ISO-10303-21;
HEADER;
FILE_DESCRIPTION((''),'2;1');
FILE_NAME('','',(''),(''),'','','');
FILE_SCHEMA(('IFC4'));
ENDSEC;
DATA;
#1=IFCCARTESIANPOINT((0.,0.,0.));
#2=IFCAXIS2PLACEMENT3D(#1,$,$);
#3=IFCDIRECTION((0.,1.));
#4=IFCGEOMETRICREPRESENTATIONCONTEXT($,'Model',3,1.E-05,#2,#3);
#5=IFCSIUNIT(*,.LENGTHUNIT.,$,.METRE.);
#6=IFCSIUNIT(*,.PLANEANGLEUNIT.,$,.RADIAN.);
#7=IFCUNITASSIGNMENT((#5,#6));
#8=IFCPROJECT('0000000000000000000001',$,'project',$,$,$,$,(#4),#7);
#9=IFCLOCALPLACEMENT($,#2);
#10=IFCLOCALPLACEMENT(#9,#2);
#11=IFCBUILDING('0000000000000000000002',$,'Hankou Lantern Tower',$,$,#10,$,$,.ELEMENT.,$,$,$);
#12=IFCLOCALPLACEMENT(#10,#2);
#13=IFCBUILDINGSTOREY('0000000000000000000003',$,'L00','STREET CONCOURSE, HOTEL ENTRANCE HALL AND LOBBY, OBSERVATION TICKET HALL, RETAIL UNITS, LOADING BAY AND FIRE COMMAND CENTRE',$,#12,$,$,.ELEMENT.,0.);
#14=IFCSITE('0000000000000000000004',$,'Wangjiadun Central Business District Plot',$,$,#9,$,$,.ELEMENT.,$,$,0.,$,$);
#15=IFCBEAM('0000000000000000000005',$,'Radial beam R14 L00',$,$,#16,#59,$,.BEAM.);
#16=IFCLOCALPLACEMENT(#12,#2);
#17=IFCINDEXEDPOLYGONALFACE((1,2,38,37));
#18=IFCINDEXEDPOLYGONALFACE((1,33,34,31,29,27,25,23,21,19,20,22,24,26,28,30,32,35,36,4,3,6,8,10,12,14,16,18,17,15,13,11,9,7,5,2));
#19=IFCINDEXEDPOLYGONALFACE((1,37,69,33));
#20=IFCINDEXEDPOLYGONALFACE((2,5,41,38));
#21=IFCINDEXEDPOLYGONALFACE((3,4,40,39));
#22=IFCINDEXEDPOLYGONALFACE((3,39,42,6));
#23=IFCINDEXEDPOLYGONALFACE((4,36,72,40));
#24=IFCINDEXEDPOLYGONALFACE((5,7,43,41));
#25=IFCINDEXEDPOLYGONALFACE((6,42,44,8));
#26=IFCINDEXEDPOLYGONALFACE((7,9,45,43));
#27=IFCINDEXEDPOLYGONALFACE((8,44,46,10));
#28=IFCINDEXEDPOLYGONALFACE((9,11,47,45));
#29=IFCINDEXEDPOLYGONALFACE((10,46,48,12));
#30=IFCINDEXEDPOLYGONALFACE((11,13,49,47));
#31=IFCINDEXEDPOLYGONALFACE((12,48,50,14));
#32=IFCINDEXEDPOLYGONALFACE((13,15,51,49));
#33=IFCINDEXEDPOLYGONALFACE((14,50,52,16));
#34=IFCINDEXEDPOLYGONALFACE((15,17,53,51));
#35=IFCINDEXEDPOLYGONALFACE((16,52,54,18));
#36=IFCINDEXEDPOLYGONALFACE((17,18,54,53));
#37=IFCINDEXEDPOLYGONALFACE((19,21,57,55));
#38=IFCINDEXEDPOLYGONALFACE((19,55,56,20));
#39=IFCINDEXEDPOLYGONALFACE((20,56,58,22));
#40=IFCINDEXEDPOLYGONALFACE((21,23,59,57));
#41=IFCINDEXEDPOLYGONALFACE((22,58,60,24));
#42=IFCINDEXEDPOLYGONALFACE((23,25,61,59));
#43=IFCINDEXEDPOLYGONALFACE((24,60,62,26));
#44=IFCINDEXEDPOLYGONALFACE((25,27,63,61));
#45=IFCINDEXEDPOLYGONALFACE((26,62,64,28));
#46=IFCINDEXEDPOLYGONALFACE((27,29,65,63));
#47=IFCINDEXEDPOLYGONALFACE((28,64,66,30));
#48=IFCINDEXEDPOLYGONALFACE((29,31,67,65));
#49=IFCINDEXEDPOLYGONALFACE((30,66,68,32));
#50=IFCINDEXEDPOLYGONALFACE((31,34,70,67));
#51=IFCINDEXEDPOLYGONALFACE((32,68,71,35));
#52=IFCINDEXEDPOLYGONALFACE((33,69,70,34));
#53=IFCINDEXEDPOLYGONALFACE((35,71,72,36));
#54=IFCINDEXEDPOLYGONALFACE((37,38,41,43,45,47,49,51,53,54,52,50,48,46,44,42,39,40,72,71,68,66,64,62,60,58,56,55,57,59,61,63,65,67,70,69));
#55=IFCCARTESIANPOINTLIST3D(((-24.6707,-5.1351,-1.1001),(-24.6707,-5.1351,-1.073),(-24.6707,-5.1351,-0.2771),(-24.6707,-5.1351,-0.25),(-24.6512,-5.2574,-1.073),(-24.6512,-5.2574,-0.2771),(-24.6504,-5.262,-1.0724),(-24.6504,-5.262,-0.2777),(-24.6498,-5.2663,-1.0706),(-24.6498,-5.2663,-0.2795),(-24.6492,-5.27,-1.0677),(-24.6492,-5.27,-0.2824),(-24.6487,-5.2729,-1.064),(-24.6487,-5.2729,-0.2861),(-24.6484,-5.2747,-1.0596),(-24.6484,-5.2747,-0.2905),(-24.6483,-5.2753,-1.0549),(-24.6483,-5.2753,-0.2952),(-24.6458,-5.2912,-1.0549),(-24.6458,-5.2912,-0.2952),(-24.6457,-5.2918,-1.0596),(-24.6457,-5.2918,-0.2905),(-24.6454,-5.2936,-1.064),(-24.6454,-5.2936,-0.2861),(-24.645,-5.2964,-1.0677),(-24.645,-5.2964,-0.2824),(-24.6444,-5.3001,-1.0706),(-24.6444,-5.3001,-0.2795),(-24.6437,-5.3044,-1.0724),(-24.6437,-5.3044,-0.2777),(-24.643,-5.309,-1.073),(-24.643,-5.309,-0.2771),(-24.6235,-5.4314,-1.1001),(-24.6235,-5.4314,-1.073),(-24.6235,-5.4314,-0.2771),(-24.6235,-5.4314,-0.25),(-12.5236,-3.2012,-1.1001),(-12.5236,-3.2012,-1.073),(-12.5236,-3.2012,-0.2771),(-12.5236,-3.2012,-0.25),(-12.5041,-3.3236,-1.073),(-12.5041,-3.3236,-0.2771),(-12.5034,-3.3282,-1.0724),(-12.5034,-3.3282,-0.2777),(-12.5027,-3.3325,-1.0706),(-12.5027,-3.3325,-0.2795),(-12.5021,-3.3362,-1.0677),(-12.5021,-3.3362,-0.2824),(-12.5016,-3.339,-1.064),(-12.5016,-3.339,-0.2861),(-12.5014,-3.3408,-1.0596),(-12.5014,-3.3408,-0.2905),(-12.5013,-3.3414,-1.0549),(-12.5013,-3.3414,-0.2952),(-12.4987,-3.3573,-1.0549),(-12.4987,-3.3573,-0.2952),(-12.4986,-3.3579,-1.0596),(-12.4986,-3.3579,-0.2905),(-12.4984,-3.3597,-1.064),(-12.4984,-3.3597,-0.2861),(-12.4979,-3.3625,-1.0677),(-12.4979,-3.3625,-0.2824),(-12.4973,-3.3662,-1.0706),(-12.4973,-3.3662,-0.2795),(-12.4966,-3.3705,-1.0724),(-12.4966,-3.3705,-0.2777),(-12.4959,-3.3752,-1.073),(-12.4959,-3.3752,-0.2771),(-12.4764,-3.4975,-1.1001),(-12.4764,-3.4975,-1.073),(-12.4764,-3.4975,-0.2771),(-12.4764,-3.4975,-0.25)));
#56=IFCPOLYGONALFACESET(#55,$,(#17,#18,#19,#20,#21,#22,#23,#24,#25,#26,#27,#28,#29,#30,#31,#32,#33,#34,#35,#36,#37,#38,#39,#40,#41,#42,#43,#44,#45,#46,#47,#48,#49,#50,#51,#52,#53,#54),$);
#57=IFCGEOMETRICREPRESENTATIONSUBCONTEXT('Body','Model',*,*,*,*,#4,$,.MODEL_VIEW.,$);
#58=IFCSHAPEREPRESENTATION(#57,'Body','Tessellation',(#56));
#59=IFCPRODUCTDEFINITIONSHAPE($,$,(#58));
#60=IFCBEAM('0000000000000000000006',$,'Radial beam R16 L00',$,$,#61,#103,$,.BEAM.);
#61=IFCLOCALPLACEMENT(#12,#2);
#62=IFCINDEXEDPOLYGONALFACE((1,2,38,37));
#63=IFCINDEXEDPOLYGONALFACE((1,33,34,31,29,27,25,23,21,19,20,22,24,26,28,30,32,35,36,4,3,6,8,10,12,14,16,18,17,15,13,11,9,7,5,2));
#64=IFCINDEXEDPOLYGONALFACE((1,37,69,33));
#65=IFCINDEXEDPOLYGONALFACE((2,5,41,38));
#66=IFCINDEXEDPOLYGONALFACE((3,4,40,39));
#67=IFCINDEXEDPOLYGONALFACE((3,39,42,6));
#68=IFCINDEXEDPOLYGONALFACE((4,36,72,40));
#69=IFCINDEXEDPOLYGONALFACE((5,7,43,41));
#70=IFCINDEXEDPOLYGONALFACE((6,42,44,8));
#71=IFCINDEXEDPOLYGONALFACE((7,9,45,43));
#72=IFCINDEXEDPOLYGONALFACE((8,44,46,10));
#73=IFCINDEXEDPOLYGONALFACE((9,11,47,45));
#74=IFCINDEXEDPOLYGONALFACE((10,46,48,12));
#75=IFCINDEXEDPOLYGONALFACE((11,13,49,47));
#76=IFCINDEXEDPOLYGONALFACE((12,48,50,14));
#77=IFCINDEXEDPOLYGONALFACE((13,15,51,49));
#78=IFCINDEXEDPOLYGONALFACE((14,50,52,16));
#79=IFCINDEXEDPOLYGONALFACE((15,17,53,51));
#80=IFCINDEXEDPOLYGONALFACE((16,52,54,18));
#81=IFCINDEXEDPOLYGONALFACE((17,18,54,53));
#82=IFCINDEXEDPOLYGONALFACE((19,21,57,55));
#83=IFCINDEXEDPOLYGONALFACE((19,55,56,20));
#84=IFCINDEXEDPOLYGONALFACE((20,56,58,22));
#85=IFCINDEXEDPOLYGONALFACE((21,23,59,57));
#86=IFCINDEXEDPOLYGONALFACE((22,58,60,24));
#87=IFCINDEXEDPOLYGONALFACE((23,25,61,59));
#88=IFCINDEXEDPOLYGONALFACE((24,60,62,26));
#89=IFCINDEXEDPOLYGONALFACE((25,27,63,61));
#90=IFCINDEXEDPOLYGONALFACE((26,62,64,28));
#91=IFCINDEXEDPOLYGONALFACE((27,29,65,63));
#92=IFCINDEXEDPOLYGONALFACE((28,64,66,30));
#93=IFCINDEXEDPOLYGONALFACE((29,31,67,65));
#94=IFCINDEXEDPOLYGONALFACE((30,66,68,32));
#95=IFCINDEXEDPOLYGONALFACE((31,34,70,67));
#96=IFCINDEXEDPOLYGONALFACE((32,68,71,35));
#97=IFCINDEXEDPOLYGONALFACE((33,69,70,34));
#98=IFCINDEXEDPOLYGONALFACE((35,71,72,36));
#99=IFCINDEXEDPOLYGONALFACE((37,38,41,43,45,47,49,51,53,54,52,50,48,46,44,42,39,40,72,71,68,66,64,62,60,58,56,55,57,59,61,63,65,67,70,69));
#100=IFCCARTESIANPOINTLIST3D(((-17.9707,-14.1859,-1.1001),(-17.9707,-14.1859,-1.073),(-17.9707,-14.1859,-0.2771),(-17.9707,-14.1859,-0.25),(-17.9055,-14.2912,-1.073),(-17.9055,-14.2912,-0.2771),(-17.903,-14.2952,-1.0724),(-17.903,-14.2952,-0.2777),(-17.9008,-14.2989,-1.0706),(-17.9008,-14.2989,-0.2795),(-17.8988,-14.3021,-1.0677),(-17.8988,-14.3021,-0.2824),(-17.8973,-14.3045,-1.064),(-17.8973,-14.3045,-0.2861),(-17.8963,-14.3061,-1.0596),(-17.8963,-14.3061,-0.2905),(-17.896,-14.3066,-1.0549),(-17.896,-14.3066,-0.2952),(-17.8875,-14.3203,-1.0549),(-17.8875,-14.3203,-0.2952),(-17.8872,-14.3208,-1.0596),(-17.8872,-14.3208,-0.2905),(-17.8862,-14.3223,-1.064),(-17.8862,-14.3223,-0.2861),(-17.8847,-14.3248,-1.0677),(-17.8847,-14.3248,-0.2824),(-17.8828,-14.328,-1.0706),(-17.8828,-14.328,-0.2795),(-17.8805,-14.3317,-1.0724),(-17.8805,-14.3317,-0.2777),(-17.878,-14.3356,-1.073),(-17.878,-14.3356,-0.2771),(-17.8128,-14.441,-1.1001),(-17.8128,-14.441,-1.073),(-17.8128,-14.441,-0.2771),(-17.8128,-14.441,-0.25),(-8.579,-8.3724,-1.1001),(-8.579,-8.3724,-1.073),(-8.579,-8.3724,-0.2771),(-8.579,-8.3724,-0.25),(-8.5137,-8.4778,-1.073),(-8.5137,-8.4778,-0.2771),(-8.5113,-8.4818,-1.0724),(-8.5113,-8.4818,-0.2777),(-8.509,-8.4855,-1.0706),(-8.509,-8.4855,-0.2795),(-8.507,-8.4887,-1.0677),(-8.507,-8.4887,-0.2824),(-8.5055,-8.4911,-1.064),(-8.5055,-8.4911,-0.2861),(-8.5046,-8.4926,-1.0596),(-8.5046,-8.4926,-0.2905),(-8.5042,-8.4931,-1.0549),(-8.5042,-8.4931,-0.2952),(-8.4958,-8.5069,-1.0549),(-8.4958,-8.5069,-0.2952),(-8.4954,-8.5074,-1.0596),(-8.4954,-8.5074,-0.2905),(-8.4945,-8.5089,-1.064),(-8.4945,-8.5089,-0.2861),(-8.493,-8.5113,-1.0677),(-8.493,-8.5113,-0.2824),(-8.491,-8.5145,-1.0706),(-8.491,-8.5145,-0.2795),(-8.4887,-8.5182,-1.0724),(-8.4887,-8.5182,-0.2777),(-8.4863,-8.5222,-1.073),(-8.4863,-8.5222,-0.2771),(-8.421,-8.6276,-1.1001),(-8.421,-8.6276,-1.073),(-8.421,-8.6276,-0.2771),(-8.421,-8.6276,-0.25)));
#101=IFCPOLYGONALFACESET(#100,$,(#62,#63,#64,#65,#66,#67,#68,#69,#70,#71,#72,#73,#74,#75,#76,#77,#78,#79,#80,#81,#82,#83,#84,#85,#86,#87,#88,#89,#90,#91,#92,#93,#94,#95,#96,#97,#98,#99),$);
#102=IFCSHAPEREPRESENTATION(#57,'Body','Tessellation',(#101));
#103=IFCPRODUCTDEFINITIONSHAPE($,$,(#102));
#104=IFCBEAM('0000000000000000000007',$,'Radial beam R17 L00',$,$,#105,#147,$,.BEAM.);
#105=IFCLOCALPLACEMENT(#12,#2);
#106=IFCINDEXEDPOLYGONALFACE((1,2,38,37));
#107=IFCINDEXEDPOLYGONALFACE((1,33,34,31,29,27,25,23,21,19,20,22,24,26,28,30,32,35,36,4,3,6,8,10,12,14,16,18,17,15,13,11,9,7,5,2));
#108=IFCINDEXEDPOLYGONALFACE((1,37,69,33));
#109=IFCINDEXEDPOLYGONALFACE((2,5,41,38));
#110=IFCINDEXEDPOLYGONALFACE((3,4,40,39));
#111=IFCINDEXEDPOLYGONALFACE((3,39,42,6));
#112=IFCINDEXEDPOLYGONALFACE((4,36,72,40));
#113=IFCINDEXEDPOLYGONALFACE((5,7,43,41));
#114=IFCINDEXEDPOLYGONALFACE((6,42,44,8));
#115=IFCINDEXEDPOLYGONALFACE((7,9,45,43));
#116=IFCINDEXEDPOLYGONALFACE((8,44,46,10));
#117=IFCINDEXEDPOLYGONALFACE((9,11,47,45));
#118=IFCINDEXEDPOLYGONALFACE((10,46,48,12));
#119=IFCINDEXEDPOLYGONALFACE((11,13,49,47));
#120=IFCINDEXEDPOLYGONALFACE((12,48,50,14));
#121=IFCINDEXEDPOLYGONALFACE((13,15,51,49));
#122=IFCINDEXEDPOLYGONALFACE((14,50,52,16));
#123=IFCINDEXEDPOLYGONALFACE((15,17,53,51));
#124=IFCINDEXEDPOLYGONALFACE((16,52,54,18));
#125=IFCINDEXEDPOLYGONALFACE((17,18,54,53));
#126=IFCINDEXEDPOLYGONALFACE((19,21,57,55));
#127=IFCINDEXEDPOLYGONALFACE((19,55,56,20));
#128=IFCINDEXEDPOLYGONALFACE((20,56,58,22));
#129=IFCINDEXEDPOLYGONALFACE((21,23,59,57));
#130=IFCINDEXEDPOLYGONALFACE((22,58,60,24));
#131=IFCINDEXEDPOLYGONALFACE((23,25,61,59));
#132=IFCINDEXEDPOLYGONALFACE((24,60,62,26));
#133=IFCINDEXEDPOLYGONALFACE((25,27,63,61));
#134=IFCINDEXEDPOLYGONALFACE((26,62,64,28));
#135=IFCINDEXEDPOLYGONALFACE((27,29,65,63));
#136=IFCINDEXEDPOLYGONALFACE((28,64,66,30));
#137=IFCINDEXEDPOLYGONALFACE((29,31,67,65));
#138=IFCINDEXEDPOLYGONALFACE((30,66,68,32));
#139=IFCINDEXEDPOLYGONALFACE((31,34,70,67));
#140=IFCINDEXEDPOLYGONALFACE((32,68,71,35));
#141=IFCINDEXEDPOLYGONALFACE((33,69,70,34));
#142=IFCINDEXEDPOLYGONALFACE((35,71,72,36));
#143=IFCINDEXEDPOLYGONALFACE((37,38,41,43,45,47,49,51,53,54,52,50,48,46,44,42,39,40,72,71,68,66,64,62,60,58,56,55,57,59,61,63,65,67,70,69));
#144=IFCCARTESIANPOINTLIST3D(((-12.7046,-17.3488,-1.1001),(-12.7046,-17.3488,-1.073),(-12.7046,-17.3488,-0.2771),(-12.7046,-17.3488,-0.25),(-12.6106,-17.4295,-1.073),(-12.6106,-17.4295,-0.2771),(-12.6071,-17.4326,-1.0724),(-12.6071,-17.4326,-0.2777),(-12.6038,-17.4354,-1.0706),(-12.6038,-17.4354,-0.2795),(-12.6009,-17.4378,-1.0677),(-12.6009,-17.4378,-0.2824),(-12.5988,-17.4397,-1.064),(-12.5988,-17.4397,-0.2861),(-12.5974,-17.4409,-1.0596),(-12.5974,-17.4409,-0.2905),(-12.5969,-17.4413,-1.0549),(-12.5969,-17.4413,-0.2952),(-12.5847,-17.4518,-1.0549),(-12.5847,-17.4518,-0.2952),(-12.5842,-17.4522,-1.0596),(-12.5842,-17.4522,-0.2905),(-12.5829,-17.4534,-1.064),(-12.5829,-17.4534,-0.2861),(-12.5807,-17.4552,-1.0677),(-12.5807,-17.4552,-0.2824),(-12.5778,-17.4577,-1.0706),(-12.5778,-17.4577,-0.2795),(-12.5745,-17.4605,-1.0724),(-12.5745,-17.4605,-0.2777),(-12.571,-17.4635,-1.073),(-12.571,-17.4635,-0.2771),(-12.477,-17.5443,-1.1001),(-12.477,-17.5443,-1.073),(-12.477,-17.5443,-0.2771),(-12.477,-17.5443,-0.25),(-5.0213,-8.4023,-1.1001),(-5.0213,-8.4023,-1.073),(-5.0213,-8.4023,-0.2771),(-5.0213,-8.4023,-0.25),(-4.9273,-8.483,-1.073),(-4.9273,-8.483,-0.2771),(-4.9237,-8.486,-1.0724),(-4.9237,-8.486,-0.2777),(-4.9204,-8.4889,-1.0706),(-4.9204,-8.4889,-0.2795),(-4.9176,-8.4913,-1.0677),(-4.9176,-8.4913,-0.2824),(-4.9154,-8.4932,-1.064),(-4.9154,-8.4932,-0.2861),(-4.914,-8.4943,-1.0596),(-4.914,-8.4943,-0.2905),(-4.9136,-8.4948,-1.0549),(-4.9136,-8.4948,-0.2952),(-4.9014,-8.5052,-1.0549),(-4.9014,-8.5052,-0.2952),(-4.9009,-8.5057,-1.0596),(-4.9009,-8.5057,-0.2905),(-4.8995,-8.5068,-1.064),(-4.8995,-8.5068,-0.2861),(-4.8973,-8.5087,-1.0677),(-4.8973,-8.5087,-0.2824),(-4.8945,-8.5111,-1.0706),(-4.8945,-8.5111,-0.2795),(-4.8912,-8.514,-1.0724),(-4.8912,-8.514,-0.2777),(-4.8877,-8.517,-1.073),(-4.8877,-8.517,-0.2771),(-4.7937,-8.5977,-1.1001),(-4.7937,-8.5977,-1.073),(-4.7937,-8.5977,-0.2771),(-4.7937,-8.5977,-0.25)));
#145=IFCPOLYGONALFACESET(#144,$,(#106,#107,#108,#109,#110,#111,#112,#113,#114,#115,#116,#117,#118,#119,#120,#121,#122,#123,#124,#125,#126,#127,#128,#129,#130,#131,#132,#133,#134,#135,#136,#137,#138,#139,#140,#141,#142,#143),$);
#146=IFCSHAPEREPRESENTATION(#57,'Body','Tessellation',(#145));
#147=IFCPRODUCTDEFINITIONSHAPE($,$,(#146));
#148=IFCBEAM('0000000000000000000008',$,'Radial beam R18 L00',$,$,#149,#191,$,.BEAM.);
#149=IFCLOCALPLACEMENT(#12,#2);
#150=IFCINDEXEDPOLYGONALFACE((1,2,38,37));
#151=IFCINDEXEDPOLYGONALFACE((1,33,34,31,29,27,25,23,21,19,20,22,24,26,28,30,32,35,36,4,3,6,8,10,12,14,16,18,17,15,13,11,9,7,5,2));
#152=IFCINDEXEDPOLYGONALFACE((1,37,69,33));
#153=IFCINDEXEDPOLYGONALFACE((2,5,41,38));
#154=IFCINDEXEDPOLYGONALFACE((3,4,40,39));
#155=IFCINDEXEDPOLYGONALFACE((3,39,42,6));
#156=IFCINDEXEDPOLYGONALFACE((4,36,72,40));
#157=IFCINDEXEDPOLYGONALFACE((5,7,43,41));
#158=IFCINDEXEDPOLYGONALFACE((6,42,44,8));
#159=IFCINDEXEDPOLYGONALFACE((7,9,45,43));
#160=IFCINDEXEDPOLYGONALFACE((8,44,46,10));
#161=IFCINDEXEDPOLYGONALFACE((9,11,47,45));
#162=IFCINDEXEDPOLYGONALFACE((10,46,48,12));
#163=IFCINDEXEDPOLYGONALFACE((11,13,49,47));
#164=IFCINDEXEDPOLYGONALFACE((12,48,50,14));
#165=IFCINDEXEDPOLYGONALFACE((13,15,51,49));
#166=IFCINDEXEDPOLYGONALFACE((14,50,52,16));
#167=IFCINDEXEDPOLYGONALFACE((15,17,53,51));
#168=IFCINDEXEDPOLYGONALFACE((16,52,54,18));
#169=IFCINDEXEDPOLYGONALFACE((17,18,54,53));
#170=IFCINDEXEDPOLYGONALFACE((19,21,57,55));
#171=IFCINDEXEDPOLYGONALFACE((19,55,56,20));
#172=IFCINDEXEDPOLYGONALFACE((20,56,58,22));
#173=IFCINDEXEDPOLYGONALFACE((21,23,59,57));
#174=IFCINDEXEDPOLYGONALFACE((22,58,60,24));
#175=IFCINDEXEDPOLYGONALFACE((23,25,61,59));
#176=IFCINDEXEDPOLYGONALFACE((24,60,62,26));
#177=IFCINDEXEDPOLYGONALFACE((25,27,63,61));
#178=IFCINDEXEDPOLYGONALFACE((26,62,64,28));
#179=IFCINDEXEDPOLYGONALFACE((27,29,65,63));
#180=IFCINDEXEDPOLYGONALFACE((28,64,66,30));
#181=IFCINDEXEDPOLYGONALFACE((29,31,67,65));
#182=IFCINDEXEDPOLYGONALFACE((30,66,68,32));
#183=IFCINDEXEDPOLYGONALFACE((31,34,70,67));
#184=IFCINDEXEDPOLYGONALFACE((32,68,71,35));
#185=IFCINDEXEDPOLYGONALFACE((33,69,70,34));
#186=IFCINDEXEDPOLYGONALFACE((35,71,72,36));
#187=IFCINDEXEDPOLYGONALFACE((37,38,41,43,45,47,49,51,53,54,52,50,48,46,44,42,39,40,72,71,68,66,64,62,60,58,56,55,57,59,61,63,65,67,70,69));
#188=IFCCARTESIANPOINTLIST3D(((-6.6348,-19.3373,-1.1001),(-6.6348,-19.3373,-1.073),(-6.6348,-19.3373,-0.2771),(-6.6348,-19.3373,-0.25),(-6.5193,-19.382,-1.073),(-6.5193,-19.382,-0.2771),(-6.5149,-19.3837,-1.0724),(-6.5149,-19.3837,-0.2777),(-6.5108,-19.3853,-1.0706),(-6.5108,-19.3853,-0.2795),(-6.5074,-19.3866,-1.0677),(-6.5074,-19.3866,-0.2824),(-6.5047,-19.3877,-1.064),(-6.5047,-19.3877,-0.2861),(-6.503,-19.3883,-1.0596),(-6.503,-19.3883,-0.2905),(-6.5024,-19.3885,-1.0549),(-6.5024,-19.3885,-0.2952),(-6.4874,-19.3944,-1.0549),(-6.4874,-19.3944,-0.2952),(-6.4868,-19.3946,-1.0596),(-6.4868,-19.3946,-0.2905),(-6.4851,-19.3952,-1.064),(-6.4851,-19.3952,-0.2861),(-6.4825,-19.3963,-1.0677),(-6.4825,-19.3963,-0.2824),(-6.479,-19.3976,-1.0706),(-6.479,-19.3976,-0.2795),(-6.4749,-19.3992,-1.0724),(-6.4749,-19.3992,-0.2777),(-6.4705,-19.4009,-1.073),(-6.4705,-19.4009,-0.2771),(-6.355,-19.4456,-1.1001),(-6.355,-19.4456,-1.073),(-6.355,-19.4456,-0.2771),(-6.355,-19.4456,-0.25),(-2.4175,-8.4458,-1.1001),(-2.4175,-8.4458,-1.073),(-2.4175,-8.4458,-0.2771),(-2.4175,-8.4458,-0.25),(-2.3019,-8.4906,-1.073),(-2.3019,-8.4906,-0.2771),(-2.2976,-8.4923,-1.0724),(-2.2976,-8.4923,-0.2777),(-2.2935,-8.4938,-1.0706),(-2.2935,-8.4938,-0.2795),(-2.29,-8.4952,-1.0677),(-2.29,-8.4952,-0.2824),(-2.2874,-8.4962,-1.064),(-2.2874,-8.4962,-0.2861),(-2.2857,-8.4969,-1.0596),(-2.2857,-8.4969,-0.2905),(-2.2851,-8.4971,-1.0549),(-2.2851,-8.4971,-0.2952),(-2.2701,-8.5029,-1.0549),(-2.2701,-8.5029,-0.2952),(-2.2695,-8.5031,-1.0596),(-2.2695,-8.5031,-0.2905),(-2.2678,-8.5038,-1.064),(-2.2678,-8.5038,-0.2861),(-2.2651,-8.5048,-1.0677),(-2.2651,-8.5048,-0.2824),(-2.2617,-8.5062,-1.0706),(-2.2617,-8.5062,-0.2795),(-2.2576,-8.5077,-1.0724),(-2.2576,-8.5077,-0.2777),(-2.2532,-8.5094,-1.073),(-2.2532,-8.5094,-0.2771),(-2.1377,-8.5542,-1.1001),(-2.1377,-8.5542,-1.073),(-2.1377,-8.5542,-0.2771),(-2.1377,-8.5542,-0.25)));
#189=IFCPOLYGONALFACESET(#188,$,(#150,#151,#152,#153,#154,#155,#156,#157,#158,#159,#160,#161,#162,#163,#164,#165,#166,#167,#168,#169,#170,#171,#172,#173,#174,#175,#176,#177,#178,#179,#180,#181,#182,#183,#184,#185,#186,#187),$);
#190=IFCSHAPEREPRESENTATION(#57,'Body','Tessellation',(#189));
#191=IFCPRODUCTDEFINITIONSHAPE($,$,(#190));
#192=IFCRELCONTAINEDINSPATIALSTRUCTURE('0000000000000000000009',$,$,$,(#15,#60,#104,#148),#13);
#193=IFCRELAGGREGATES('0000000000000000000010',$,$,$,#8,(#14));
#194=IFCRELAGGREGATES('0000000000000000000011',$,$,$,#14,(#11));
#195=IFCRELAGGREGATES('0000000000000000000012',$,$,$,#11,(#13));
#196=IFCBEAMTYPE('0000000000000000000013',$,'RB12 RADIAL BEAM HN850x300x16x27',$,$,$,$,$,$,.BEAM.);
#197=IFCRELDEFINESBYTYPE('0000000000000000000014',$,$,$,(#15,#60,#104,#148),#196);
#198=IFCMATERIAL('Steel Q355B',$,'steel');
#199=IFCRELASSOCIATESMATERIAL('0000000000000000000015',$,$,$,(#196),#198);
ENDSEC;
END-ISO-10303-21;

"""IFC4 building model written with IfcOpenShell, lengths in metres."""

from ifc_helpers import new_model, si_unit, direction, frame, origin, origin_2d, place, context, subcontext, project, spatial, i_section, extrude, material, material_profile, profile_set, type_object, element, save


model = new_model("IFC4")

# Units and contexts
model_context = context("Model", 3, precision=1e-05, world=origin(), true_north=direction((0.0, 1.0)))
body_context = subcontext(model_context, "Body", "Model", "MODEL_VIEW")
ifc_project = project(units=[si_unit("LENGTHUNIT", "METRE"), si_unit("PLANEANGLEUNIT", "RADIAN")], contexts=[model_context])

# Site, building, storey
site_placement = place(None, origin())
site = spatial("IfcSite", under=ifc_project, at=site_placement, Name="Wangjiadun Central Business District Plot", CompositionType="ELEMENT", RefElevation=0.0)
building_placement = place(site_placement, origin())
building = spatial("IfcBuilding", under=site, at=building_placement, Name="Hankou Lantern Tower", CompositionType="ELEMENT")
storey_placement = place(building_placement, origin())
storey = spatial("IfcBuildingStorey", under=building, at=storey_placement, Name="L00", Description="STREET CONCOURSE, HOTEL ENTRANCE HALL AND LOBBY, OBSERVATION TICKET HALL, RETAIL UNITS, LOADING BAY AND FIRE COMMAND CENTRE", CompositionType="ELEMENT", Elevation=0.0)

# Beams
ifc_material_1 = material(Name="Steel Q355B", Category="steel")
ifc_material_profile_1 = material_profile(ifc_material_1, i_section(OverallWidth=0.3, OverallDepth=0.8501, WebThickness=0.0161, FlangeThickness=0.0271, FilletRadius=0.0181, at=origin_2d()), Name="HN850x300x16x27")
ifc_profile_set_1 = profile_set([ifc_material_profile_1], Name="Steel Q355B")
beam_type_1 = type_object("IfcBeamType", Name="RB12 RADIAL BEAM HN850x300x16x27", PredefinedType="BEAM", material=ifc_profile_set_1)
beam_1_placement = place(storey_placement, frame((-12.5, -3.3494, -0.675), z_axis=(-0.987563, -0.157223, 0.0), x_axis=(0.157223, -0.987563, 0.0)))
element("IfcBeam", 1, at=beam_1_placement, inside=storey, type_object=beam_type_1, Name="Radial beam R14 L00", PredefinedType="BEAM", context=body_context, shape_type="SweptSolid", body=[
    extrude(i_section(OverallWidth=0.3, OverallDepth=0.8501, WebThickness=0.0161, FlangeThickness=0.0271, FilletRadius=0.0181, at=origin_2d()), origin(), (0.0, 0.0, 1.0), 12.3),
])
beam_2_placement = place(storey_placement, frame((-8.5, -8.5, -0.675), z_axis=(-0.850286, -0.52632, 0.0), x_axis=(0.52632, -0.850286, 0.0)))
element("IfcBeam", 2, at=beam_2_placement, inside=storey, type_object=beam_type_1, Name="Radial beam R16 L00", PredefinedType="BEAM", context=body_context, shape_type="SweptSolid", body=[
    extrude(i_section(OverallWidth=0.3, OverallDepth=0.8501, WebThickness=0.0161, FlangeThickness=0.0271, FilletRadius=0.0181, at=origin_2d()), origin(), (0.0, 0.0, 1.0), 11.0454),
])
beam_3_placement = place(storey_placement, frame((-4.9075, -8.5, -0.675), z_axis=(-0.651519, -0.758632, 0.0), x_axis=(0.758632, -0.651519, 0.0)))
element("IfcBeam", 3, at=beam_3_placement, inside=storey, type_object=beam_type_1, Name="Radial beam R17 L00", PredefinedType="BEAM", context=body_context, shape_type="SweptSolid", body=[
    extrude(i_section(OverallWidth=0.3, OverallDepth=0.8501, WebThickness=0.0161, FlangeThickness=0.0271, FilletRadius=0.0181, at=origin_2d()), origin(), (0.0, 0.0, 1.0), 11.793),
])
beam_4_placement = place(storey_placement, frame((-2.2776, -8.5, -0.675), z_axis=(-0.361089, -0.932531, 0.0), x_axis=(0.932531, -0.361089, 0.0)))
element("IfcBeam", 4, at=beam_4_placement, inside=storey, type_object=beam_type_1, Name="Radial beam R18 L00", PredefinedType="BEAM", context=body_context, shape_type="SweptSolid", body=[
    extrude(i_section(OverallWidth=0.3, OverallDepth=0.8501, WebThickness=0.0161, FlangeThickness=0.0271, FilletRadius=0.0181, at=origin_2d()), origin(), (0.0, 0.0, 1.0), 11.6794),
])

save(model, "model.ifc")
